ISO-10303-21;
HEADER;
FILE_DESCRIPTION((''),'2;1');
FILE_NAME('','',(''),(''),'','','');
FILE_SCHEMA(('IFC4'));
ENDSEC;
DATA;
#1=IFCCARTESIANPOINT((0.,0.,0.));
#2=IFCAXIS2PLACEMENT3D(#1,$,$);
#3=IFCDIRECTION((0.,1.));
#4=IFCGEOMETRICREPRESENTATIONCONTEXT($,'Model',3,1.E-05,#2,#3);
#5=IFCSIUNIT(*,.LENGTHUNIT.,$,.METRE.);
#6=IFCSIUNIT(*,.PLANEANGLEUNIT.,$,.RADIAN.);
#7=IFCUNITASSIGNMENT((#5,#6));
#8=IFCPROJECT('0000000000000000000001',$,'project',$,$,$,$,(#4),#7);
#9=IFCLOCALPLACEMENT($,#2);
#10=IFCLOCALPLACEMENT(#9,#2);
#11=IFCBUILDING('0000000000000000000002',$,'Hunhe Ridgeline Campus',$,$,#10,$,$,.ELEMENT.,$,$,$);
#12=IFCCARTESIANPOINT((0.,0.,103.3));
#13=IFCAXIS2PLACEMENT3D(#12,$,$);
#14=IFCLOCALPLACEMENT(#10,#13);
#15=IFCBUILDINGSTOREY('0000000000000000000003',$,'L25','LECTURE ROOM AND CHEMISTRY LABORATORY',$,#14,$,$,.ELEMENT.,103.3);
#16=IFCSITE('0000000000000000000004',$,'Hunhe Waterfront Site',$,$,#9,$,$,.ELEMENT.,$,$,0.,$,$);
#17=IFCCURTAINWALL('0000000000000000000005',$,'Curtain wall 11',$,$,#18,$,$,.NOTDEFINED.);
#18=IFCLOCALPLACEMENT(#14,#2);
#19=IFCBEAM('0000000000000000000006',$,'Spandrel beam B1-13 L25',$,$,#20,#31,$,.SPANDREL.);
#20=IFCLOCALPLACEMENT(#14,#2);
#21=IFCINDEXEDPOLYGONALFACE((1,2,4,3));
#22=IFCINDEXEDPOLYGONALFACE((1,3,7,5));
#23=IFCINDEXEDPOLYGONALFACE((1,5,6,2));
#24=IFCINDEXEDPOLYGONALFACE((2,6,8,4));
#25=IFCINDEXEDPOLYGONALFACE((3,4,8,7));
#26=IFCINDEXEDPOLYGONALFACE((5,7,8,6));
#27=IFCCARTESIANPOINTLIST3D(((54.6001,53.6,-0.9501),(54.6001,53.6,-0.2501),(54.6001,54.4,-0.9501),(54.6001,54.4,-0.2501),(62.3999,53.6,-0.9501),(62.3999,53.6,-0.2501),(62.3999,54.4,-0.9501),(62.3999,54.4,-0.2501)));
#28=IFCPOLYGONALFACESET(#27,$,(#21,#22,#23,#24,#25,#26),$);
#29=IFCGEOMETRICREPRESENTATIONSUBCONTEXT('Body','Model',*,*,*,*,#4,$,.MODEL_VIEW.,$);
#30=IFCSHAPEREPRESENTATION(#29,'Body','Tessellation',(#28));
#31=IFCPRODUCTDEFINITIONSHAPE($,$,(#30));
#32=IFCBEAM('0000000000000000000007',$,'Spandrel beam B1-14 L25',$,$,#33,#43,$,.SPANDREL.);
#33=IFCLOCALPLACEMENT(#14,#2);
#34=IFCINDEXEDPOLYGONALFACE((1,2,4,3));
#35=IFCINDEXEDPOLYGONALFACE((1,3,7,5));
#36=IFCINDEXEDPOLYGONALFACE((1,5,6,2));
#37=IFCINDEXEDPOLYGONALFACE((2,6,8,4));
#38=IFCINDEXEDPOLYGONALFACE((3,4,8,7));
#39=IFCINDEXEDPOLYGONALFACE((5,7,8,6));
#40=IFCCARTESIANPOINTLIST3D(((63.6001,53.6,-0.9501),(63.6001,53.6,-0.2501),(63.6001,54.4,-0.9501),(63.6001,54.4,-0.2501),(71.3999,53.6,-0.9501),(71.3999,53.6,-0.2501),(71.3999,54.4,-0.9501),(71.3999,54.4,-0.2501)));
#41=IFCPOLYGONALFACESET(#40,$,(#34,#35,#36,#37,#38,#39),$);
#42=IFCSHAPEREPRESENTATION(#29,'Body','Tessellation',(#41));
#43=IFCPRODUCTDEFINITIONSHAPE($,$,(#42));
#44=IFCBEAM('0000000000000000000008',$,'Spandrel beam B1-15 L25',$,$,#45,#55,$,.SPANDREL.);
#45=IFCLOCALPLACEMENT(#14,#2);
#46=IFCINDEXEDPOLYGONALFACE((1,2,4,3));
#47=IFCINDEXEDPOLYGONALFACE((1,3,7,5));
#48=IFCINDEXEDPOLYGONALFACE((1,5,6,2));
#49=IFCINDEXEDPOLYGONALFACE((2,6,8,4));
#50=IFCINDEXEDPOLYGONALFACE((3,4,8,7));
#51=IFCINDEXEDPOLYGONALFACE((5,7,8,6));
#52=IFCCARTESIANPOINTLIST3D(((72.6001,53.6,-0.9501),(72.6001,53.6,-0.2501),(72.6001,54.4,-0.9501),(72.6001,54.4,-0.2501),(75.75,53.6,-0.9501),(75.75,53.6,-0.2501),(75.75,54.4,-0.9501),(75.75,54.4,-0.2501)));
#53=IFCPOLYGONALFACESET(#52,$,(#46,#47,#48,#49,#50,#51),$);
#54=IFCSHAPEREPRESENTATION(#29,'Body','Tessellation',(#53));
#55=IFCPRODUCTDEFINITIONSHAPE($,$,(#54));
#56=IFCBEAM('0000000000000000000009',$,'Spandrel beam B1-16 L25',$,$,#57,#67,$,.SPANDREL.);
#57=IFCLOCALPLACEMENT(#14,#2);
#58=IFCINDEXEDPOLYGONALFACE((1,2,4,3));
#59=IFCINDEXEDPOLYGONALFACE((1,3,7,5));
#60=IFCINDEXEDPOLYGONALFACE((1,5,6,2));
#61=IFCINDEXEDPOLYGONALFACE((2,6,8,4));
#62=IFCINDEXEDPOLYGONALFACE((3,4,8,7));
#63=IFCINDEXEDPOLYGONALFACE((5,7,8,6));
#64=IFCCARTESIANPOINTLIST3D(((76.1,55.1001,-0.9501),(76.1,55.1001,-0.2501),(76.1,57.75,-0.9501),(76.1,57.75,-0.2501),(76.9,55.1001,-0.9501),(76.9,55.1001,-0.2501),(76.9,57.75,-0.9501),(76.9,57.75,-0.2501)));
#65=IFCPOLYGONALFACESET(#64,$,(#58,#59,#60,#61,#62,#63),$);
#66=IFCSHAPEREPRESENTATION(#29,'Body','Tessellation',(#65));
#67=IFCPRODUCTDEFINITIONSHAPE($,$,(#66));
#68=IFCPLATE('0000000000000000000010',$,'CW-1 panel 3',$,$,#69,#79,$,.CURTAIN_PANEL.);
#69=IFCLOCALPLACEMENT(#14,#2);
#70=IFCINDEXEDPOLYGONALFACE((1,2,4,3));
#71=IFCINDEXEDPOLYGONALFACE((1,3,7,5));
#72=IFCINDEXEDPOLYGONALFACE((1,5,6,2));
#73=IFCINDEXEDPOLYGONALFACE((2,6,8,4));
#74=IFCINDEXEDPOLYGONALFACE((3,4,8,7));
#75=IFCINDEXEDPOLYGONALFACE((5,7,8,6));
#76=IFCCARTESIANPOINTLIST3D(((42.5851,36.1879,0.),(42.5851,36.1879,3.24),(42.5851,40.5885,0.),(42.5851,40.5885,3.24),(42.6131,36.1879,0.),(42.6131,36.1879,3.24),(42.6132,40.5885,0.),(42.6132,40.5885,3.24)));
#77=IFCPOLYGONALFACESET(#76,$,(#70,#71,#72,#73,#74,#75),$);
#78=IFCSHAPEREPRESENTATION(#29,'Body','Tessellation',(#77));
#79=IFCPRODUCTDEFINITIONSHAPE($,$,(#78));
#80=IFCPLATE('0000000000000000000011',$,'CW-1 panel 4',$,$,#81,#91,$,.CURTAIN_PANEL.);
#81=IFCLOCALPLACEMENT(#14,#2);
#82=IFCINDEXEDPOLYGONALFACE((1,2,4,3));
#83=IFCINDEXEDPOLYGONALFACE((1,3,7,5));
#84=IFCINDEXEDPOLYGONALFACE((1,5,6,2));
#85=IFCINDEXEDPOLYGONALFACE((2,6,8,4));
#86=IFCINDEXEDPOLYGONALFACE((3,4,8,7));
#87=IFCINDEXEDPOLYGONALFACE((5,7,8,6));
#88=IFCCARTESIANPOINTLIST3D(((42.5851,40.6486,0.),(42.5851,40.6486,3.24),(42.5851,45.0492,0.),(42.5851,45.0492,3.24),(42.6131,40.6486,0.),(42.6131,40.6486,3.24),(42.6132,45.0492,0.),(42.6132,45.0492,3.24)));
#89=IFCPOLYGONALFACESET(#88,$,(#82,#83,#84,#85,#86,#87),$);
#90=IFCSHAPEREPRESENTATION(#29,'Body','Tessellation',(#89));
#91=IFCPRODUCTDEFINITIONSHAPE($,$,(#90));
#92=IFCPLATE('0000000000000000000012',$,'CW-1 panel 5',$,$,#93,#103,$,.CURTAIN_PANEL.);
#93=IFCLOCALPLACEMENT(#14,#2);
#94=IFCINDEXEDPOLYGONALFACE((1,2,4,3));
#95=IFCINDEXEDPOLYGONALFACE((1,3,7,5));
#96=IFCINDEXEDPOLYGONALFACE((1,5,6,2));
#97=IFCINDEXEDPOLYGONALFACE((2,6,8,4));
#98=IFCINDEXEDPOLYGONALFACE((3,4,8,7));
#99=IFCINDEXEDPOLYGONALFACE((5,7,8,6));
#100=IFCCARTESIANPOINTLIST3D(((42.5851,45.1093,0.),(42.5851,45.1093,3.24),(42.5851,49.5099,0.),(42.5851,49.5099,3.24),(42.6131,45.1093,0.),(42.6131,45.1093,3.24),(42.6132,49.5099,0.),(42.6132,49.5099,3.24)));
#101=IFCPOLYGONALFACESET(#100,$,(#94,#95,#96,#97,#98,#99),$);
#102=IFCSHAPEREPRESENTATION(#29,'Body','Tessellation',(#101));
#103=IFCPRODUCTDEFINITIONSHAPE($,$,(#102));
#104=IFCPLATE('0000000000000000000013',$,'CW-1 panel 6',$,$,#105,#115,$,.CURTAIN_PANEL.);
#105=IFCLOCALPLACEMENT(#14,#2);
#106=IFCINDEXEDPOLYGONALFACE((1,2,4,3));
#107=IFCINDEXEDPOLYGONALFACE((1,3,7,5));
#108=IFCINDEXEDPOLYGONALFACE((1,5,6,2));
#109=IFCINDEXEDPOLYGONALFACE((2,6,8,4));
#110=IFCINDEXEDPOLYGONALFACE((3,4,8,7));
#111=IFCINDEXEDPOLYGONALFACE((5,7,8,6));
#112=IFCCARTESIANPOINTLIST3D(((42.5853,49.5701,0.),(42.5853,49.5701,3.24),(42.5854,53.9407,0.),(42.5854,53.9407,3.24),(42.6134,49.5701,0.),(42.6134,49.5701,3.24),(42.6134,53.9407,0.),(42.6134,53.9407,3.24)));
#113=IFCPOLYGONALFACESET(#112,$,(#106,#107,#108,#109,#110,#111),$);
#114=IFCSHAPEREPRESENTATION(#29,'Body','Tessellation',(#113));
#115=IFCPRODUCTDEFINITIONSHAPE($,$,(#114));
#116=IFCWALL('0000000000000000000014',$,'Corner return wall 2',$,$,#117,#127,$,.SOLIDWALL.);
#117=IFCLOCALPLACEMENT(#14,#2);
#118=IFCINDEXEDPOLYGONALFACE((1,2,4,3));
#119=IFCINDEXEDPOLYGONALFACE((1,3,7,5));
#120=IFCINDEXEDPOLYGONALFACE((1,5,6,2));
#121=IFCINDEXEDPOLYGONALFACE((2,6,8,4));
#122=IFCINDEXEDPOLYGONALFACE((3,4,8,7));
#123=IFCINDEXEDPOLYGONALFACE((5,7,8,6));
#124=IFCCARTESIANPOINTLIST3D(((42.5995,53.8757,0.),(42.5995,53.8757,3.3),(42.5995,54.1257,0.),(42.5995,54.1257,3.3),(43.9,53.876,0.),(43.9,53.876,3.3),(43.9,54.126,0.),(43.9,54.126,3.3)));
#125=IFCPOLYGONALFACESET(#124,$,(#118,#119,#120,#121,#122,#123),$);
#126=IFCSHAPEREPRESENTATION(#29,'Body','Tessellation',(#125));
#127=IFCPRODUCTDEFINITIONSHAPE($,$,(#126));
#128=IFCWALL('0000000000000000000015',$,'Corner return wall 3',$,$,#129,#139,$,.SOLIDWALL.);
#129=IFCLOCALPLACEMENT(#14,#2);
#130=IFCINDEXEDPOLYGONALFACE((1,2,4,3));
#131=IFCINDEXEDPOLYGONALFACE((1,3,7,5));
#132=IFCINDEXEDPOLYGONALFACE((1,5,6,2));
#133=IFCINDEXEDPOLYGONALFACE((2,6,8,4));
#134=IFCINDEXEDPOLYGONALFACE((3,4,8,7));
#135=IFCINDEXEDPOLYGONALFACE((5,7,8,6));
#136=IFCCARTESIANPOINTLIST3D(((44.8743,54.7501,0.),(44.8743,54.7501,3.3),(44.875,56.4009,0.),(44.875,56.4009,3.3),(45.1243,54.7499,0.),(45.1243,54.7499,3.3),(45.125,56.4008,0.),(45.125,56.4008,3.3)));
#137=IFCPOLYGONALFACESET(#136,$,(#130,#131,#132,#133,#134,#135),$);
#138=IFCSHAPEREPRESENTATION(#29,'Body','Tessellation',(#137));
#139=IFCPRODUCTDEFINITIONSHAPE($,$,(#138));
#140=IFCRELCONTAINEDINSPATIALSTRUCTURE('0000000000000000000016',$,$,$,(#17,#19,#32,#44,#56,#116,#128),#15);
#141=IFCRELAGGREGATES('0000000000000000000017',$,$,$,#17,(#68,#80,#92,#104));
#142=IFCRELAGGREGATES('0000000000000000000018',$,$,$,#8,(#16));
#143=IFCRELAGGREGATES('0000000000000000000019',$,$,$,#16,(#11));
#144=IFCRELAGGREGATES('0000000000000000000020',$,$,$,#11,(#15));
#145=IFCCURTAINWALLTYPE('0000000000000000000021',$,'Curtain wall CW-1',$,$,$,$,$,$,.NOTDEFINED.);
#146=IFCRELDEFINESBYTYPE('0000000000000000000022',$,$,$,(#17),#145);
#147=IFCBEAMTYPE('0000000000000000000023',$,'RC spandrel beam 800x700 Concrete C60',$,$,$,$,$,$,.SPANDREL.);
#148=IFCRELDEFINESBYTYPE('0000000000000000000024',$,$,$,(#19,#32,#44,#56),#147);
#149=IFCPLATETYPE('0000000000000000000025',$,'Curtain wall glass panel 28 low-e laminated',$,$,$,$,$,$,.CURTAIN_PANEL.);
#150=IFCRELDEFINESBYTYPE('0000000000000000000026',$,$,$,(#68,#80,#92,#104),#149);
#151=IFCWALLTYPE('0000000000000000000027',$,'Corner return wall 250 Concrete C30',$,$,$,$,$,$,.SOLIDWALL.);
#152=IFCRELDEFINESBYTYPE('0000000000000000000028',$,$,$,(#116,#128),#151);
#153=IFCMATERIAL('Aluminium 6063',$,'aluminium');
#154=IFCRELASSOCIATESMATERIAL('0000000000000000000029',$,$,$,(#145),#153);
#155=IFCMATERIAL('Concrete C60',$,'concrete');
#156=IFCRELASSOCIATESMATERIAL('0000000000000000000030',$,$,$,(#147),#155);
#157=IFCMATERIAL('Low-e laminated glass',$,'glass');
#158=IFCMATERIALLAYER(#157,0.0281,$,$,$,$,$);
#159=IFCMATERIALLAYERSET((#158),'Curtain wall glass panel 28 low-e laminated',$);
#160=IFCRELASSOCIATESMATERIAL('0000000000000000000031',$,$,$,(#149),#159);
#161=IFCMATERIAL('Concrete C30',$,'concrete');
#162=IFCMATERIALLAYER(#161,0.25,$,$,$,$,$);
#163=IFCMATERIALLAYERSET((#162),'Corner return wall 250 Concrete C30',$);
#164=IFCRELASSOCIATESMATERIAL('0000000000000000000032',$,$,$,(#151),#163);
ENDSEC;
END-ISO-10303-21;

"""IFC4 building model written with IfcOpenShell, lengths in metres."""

from ifc_helpers import new_model, si_unit, direction, frame, frame_2d, origin, origin_2d, place, context, subcontext, project, spatial, rectangle, extrude, material, layer, layer_set, material_profile, profile_set, type_object, element, aggregate, save


model = new_model("IFC4")

# Units and contexts
model_context = context("Model", 3, precision=1e-05, world=origin(), true_north=direction((0.0, 1.0)))
body_context = subcontext(model_context, "Body", "Model", "MODEL_VIEW")
ifc_project = project(units=[si_unit("LENGTHUNIT", "METRE"), si_unit("PLANEANGLEUNIT", "RADIAN")], contexts=[model_context])

# Site, building, storey
site_placement = place(None, origin())
site = spatial("IfcSite", under=ifc_project, at=site_placement, Name="Hunhe Waterfront Site", CompositionType="ELEMENT", RefElevation=0.0)
building_placement = place(site_placement, origin())
building = spatial("IfcBuilding", under=site, at=building_placement, Name="Hunhe Ridgeline Campus", CompositionType="ELEMENT")
storey_placement = place(building_placement, frame((0.0, 0.0, 103.3)))
storey = spatial("IfcBuildingStorey", under=building, at=storey_placement, Name="L25", Description="LECTURE ROOM AND CHEMISTRY LABORATORY", CompositionType="ELEMENT", Elevation=103.3)

# Curtain wall
ifc_material_1 = material(Name="Aluminium 6063", Category="aluminium")
curtain_wall_type = type_object("IfcCurtainWallType", Name="Curtain wall CW-1", PredefinedType="NOTDEFINED", material=ifc_material_1)
curtain_wall_1_placement = place(storey_placement, origin())
curtain_wall_1 = element("IfcCurtainWall", 1, at=curtain_wall_1_placement, inside=storey, type_object=curtain_wall_type, Name="Curtain wall 11", PredefinedType="NOTDEFINED")

# Beams
ifc_material_2 = material(Name="Concrete C60", Category="concrete")
ifc_material_profile_1 = material_profile(ifc_material_2, rectangle(XDim=0.8, YDim=0.7, at=origin_2d()))
ifc_profile_set_1 = profile_set([ifc_material_profile_1], Name="Concrete C60")
beam_type = type_object("IfcBeamType", Name="RC spandrel beam 800x700 Concrete C60", PredefinedType="SPANDREL", material=ifc_profile_set_1)
for number, where, z_axis, x_axis, name in (
    (2, (54.6001, 54.0, -0.6001), (1.0, 0.0, 0.0), (0.0, 1.0, 0.0), "Spandrel beam B1-13 L25"),
    (3, (63.6001, 54.0, -0.6001), (1.0, 0.0, 0.0), (0.0, 1.0, 0.0), "Spandrel beam B1-14 L25"),
):
    element("IfcBeam", number, at=place(storey_placement, frame(where, z_axis=z_axis, x_axis=x_axis)), inside=storey, type_object=beam_type, Name=name, PredefinedType="SPANDREL", context=body_context, shape_type="SweptSolid", body=[
        extrude(rectangle(XDim=0.8, YDim=0.7, at=origin_2d()), origin(), (0.0, 0.0, 1.0), 7.7998),
    ])
beam_1_placement = place(storey_placement, frame((72.6001, 54.0, -0.6001), z_axis=(1.0, 0.0, 0.0), x_axis=(0.0, 1.0, 0.0)))
element("IfcBeam", 4, at=beam_1_placement, inside=storey, type_object=beam_type, Name="Spandrel beam B1-15 L25", PredefinedType="SPANDREL", context=body_context, shape_type="SweptSolid", body=[
    extrude(rectangle(XDim=0.8, YDim=0.7, at=origin_2d()), origin(), (0.0, 0.0, 1.0), 3.1499),
])
beam_2_placement = place(storey_placement, frame((76.5, 55.1001, -0.6001), z_axis=(0.0, 1.0, 0.0), x_axis=(-1.0, 0.0, 0.0)))
element("IfcBeam", 5, at=beam_2_placement, inside=storey, type_object=beam_type, Name="Spandrel beam B1-16 L25", PredefinedType="SPANDREL", context=body_context, shape_type="SweptSolid", body=[
    extrude(rectangle(XDim=0.8, YDim=0.7, at=origin_2d()), origin(), (0.0, 0.0, 1.0), 2.6499),
])

# Plates
ifc_material_3 = material(Name="Low-e laminated glass", Category="glass")
ifc_layer_1 = layer(ifc_material_3, 0.0281)
ifc_layer_set_1 = layer_set([ifc_layer_1], Name="Curtain wall glass panel 28 low-e laminated")
plate_type = type_object("IfcPlateType", Name="Curtain wall glass panel 28 low-e laminated", PredefinedType="CURTAIN_PANEL", material=ifc_layer_set_1)
plate_1_placement = place(storey_placement, frame((42.5991, 38.3882, 0.0), z_axis=(0.0, 0.0, 1.0), x_axis=(0.000011, 1.0, 0.0)))
plate_1 = element("IfcPlate", 6, at=plate_1_placement, type_object=plate_type, Name="CW-1 panel 3", PredefinedType="CURTAIN_PANEL", context=body_context, shape_type="SweptSolid", body=[
    extrude(rectangle(XDim=4.4006, YDim=0.0281, at=origin_2d()), origin(), (0.0, 0.0, 1.0), 3.24),
])
plate_2_placement = place(storey_placement, frame((42.5991, 42.8489, 0.0), z_axis=(0.0, 0.0, 1.0), x_axis=(0.000011, 1.0, 0.0)))
plate_2 = element("IfcPlate", 7, at=plate_2_placement, type_object=plate_type, Name="CW-1 panel 4", PredefinedType="CURTAIN_PANEL", context=body_context, shape_type="SweptSolid", body=[
    extrude(rectangle(XDim=4.4006, YDim=0.0281, at=origin_2d()), origin(), (0.0, 0.0, 1.0), 3.24),
])
plate_3_placement = place(storey_placement, frame((42.5991, 47.3096, 0.0), z_axis=(0.0, 0.0, 1.0), x_axis=(0.000011, 1.0, 0.0)))
plate_3 = element("IfcPlate", 8, at=plate_3_placement, type_object=plate_type, Name="CW-1 panel 5", PredefinedType="CURTAIN_PANEL", context=body_context, shape_type="SweptSolid", body=[
    extrude(rectangle(XDim=4.4006, YDim=0.0281, at=origin_2d()), origin(), (0.0, 0.0, 1.0), 3.24),
])
plate_4_placement = place(storey_placement, frame((42.5994, 51.7554, 0.0), z_axis=(0.0, 0.0, 1.0), x_axis=(0.000011, 1.0, 0.0)))
plate_4 = element("IfcPlate", 9, at=plate_4_placement, type_object=plate_type, Name="CW-1 panel 6", PredefinedType="CURTAIN_PANEL", context=body_context, shape_type="SweptSolid", body=[
    extrude(rectangle(XDim=4.3706, YDim=0.0281, at=origin_2d()), origin(), (0.0, 0.0, 1.0), 3.24),
])
aggregate(curtain_wall_1, [plate_1, plate_2, plate_3, plate_4])

# Walls
ifc_material_4 = material(Name="Concrete C30", Category="concrete")
ifc_layer_2 = layer(ifc_material_4, 0.25)
ifc_layer_set_2 = layer_set([ifc_layer_2], Name="Corner return wall 250 Concrete C30")
wall_type = type_object("IfcWallType", Name="Corner return wall 250 Concrete C30", PredefinedType="SOLIDWALL", material=ifc_layer_set_2)
wall_1_placement = place(storey_placement, frame((42.5994, 54.0007, 0.0), z_axis=(0.0, 0.0, 1.0), x_axis=(1.0, 0.000188, 0.0)))
element("IfcWall", 10, at=wall_1_placement, inside=storey, type_object=wall_type, Name="Corner return wall 2", PredefinedType="SOLIDWALL", context=body_context, shape_type="SweptSolid", body=[
    extrude(rectangle(XDim=1.3005, YDim=0.25, at=frame_2d((0.6504, 0.0))), origin(), (0.0, 0.0, 1.0), 3.3),
])
wall_2_placement = place(storey_placement, frame((44.9993, 54.75, 0.0), z_axis=(0.0, 0.0, 1.0), x_axis=(0.000444, 1.0, 0.0)))
element("IfcWall", 11, at=wall_2_placement, inside=storey, type_object=wall_type, Name="Corner return wall 3", PredefinedType="SOLIDWALL", context=body_context, shape_type="SweptSolid", body=[
    extrude(rectangle(XDim=1.6509, YDim=0.25, at=frame_2d((0.8254, 0.0))), origin(), (0.0, 0.0, 1.0), 3.3),
])

save(model, "model.ifc")
